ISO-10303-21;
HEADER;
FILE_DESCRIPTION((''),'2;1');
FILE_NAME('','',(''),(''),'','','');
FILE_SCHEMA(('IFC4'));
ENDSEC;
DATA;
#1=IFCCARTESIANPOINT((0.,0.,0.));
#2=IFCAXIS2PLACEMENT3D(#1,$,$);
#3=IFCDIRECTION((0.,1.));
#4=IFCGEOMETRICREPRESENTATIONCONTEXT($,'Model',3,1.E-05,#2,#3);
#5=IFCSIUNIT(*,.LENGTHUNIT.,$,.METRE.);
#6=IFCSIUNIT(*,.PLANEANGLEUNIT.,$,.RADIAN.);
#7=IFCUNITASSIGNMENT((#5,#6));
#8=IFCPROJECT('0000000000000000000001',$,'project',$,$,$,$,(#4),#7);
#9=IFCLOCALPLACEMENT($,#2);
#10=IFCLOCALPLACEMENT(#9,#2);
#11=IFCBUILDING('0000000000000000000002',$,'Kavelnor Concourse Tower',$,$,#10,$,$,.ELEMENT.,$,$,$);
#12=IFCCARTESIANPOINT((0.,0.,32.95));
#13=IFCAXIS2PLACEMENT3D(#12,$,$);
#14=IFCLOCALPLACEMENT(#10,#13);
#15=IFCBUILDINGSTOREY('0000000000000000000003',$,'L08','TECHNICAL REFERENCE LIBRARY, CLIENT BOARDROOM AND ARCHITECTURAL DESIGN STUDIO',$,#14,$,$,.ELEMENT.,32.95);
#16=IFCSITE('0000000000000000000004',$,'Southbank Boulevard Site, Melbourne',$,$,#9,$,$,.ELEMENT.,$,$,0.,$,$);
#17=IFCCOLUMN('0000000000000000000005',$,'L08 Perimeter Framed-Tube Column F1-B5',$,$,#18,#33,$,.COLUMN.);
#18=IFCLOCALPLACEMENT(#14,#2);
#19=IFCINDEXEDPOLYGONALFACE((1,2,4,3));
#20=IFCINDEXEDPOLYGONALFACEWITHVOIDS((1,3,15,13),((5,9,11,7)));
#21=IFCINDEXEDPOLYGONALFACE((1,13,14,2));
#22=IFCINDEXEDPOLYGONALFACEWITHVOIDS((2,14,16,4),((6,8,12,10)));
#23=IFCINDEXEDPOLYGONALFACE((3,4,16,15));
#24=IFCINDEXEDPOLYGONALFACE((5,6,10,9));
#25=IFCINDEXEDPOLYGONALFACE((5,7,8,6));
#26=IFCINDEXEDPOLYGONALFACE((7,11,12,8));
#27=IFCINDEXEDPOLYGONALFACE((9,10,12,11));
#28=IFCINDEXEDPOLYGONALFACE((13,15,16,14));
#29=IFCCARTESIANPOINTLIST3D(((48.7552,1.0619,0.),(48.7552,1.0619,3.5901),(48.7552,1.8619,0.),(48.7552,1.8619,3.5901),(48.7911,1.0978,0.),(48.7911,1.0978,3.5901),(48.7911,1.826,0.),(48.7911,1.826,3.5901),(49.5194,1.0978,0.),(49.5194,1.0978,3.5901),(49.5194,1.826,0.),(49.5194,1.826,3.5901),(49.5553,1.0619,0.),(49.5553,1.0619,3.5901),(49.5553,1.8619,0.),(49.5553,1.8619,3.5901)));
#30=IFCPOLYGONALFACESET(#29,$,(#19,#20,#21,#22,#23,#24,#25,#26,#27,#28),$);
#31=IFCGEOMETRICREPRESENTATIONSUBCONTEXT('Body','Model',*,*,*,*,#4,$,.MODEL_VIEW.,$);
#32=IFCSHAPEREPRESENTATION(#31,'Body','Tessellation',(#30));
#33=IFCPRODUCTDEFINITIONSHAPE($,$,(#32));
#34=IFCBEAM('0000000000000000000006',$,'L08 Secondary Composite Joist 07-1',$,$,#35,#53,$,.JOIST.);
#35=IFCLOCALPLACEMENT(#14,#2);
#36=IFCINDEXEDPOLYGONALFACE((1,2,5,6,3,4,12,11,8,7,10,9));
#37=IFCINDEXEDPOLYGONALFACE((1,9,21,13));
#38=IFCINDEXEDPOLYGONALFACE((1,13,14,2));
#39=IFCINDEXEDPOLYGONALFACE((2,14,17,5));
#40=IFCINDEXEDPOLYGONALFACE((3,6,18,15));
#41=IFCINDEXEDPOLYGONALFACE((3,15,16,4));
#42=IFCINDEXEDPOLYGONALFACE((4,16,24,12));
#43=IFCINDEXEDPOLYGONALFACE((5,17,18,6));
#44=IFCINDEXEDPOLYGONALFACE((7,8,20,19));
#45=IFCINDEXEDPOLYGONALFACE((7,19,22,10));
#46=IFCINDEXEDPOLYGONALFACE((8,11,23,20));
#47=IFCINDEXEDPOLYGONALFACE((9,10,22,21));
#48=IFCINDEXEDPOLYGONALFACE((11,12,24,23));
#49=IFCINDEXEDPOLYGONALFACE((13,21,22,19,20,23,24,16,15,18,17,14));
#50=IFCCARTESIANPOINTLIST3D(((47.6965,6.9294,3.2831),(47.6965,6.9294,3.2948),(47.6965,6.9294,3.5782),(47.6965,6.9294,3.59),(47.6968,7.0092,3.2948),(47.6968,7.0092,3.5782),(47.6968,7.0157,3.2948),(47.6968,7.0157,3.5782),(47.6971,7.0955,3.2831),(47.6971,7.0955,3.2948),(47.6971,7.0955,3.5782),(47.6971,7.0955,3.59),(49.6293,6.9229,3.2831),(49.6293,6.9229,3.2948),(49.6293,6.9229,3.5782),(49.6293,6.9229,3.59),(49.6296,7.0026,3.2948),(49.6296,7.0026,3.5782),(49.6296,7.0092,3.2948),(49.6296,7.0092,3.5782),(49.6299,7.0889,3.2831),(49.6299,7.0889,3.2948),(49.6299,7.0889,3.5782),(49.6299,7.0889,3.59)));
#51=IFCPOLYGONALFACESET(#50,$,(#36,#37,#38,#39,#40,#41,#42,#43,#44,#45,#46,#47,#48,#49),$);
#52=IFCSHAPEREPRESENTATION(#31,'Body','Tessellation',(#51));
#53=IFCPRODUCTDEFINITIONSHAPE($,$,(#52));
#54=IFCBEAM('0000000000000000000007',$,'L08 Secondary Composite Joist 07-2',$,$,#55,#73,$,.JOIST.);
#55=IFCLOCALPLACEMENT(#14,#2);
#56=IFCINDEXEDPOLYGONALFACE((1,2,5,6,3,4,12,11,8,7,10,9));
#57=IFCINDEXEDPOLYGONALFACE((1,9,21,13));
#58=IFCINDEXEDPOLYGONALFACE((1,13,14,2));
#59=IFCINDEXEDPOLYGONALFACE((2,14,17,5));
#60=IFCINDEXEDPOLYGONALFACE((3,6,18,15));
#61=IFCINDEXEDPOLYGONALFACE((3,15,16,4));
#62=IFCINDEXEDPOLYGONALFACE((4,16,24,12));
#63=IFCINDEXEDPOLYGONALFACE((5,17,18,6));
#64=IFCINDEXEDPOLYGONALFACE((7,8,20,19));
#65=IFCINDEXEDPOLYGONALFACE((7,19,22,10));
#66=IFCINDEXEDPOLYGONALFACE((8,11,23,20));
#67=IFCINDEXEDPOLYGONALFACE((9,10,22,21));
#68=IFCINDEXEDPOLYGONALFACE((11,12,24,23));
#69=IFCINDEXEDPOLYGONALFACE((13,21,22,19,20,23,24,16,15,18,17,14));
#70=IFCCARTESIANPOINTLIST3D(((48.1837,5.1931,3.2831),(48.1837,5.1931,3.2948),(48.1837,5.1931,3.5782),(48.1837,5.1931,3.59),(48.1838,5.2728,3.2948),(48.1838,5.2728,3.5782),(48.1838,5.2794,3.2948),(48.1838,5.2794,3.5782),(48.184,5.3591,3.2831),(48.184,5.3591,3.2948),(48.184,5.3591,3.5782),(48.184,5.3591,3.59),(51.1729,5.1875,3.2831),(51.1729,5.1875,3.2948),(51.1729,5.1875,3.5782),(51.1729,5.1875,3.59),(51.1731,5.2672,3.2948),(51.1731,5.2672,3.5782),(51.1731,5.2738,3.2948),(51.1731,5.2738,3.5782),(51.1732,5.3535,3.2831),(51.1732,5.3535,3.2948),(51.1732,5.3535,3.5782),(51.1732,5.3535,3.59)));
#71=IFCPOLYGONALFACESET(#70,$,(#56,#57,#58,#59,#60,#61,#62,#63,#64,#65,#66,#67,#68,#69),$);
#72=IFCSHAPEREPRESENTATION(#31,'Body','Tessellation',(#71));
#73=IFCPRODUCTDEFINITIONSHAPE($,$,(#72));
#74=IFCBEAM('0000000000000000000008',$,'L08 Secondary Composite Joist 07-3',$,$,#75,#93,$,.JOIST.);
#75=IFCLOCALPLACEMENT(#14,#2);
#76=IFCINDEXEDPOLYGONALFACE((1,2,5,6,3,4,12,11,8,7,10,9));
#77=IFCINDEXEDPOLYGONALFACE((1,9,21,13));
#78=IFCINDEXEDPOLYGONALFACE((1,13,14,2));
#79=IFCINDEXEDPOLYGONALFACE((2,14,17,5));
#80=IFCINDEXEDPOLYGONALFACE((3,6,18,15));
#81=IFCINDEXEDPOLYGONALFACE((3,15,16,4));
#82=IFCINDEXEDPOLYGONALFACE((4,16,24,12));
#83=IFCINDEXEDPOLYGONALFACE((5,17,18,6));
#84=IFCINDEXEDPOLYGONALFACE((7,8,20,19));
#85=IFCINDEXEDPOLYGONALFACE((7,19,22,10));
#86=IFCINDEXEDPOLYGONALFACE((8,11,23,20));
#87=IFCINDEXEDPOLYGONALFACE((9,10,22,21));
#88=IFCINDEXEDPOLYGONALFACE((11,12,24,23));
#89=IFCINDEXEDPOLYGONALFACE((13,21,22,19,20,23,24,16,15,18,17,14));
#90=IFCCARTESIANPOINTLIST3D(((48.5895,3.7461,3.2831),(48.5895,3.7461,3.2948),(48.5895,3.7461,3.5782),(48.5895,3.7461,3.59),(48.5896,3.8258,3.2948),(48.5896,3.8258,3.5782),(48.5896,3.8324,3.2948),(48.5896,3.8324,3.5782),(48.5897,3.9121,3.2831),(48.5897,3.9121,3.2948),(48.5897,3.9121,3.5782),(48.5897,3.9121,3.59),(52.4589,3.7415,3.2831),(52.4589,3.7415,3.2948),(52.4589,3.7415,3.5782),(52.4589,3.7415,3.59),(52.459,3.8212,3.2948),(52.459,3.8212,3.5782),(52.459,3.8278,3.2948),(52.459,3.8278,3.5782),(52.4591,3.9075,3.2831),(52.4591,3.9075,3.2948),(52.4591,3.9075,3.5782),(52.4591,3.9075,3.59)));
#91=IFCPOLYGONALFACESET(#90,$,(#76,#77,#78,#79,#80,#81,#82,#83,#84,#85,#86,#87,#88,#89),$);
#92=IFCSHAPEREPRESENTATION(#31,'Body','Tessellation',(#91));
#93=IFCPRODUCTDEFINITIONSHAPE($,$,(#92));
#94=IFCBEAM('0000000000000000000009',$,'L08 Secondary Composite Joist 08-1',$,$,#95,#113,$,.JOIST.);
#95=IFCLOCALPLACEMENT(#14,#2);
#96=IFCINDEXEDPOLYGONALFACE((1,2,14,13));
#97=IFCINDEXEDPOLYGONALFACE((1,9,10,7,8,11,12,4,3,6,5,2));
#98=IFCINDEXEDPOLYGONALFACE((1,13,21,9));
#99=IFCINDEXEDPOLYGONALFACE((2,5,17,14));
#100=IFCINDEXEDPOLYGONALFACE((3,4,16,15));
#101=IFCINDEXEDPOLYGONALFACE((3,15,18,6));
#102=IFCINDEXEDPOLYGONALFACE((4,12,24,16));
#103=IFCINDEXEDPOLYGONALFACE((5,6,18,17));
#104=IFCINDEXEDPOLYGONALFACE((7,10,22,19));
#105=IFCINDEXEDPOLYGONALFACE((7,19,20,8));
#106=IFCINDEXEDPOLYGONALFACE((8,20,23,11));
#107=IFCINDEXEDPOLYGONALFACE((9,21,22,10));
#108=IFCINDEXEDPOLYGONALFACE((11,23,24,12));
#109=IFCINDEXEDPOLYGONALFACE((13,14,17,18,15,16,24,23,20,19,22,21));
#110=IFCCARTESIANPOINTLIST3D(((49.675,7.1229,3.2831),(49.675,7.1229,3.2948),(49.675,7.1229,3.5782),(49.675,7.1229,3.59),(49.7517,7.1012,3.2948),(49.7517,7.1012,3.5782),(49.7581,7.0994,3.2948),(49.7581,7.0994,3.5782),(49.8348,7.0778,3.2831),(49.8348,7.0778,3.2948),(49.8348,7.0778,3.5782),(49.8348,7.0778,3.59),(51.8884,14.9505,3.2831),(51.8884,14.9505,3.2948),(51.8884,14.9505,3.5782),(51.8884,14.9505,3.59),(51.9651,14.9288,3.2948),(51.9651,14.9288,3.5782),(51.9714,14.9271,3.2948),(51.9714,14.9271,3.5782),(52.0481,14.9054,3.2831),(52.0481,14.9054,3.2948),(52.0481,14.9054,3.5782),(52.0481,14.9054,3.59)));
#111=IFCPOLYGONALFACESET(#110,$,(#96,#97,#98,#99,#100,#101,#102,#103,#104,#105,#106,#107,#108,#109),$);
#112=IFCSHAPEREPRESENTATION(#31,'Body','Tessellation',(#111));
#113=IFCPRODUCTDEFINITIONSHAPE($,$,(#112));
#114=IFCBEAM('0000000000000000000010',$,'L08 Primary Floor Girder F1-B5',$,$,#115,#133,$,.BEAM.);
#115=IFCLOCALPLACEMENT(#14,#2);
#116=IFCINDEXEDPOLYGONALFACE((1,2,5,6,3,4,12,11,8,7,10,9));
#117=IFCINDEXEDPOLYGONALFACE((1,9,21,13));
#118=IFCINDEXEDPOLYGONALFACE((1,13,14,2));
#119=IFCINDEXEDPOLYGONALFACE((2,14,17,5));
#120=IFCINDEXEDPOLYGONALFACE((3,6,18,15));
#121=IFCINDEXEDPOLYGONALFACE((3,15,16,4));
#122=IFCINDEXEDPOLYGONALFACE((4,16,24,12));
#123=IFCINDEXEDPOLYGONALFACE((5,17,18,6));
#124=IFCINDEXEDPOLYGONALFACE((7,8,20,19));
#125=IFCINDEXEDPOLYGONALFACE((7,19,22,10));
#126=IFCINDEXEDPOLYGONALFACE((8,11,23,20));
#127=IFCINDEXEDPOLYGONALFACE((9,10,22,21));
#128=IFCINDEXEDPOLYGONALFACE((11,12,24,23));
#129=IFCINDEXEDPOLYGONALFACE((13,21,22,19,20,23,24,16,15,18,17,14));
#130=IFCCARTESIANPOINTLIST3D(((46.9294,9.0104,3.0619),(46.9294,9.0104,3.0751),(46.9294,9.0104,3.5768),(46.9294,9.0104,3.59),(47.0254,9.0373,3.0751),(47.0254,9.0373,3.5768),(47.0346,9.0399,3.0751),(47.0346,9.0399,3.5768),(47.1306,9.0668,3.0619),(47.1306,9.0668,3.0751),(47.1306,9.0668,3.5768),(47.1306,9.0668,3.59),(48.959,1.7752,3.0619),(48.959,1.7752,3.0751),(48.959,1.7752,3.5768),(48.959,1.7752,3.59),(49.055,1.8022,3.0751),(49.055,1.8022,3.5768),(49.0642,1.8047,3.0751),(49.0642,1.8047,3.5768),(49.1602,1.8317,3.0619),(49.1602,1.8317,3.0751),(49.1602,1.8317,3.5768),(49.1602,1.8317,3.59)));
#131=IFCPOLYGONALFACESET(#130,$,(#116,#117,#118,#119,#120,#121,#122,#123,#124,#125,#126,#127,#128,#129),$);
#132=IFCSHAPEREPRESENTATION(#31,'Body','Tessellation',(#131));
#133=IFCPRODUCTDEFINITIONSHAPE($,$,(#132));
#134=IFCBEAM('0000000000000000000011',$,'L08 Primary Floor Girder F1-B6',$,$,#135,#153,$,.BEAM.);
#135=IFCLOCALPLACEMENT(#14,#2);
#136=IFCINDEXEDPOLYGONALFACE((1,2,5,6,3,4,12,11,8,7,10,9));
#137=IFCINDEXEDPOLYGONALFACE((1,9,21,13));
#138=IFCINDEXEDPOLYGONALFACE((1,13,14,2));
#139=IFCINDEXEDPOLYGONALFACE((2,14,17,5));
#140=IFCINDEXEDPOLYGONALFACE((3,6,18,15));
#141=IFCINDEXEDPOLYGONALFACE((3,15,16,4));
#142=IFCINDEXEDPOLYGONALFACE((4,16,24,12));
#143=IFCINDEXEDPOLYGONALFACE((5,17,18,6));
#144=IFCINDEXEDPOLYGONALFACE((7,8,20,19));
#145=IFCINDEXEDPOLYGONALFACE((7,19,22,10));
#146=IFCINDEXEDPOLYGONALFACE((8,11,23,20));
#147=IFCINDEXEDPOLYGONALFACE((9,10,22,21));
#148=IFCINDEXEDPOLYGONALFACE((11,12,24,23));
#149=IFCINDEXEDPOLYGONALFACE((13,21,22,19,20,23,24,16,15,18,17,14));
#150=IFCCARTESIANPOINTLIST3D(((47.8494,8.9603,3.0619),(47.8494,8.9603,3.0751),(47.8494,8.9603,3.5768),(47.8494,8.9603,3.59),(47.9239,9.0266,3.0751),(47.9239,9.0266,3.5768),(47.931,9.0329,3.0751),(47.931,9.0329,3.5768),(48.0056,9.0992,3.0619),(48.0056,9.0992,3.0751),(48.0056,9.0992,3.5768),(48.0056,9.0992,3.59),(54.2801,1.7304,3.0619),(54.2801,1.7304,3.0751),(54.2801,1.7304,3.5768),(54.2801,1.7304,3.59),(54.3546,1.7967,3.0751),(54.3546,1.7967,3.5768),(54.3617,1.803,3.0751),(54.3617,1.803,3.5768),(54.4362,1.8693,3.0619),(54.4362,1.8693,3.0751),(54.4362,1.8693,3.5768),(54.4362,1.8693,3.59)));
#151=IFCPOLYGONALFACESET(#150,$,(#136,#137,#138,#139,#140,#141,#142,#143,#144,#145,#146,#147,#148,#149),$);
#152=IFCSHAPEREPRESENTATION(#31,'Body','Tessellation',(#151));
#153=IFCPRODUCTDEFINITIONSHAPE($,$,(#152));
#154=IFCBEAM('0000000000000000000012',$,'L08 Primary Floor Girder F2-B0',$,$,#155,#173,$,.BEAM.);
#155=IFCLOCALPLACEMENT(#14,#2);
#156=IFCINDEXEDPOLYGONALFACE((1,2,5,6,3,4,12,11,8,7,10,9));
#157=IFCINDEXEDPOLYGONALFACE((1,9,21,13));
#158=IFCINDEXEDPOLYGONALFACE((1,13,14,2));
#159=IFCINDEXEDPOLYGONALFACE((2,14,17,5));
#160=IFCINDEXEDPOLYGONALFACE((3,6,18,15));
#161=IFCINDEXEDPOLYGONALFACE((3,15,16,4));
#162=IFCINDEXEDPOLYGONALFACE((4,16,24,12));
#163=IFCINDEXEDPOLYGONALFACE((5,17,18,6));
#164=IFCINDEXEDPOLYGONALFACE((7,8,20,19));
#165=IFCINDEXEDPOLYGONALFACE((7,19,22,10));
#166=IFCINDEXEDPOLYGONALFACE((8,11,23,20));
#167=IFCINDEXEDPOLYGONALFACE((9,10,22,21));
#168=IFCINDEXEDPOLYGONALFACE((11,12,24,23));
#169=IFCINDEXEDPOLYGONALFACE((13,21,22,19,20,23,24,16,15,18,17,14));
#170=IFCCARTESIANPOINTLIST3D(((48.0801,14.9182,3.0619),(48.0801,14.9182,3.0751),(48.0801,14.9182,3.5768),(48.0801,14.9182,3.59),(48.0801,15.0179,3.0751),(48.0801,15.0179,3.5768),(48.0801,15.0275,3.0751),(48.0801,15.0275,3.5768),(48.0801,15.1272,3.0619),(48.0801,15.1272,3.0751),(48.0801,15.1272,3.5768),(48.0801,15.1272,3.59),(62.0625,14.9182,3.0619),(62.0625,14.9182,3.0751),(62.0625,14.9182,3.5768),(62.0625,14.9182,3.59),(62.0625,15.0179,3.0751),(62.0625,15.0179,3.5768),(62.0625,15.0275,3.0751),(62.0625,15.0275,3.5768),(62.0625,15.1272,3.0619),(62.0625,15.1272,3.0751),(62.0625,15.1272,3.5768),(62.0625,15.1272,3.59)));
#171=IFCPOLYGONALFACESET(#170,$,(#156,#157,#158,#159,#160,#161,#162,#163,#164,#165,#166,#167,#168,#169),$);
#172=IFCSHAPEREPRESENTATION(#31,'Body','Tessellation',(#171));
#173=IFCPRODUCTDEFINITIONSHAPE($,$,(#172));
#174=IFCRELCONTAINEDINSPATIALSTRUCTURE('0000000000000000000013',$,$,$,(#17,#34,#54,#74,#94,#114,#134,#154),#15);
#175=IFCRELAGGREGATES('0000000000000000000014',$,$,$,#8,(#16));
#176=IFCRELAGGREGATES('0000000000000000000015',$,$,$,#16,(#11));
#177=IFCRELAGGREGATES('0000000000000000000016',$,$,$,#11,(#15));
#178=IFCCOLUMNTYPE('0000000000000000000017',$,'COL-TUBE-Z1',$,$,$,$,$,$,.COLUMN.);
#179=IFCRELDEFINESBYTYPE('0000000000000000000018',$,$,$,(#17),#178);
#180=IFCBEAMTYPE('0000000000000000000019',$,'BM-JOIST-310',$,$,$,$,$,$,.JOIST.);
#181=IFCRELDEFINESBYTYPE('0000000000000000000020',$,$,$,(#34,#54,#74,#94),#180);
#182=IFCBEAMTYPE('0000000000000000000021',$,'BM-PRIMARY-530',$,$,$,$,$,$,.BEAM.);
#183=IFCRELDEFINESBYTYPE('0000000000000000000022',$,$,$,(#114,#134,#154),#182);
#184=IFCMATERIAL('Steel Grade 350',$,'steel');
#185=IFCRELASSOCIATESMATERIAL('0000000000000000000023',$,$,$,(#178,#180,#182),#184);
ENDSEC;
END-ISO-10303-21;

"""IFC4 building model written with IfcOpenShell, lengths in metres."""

from ifc_helpers import new_model, si_unit, direction, frame, origin, origin_2d, place, context, subcontext, project, spatial, hollow_rectangle, i_section, extrude, material, material_profile, profile_set, type_object, element, save


model = new_model("IFC4")

# Units and contexts
model_context = context("Model", 3, precision=1e-05, world=origin(), true_north=direction((0.0, 1.0)))
body_context = subcontext(model_context, "Body", "Model", "MODEL_VIEW")
ifc_project = project(units=[si_unit("LENGTHUNIT", "METRE"), si_unit("PLANEANGLEUNIT", "RADIAN")], contexts=[model_context])

# Site, building, storey
site_placement = place(None, origin())
site = spatial("IfcSite", under=ifc_project, at=site_placement, Name="Southbank Boulevard Site, Melbourne", CompositionType="ELEMENT", RefElevation=0.0)
building_placement = place(site_placement, origin())
building = spatial("IfcBuilding", under=site, at=building_placement, Name="Kavelnor Concourse Tower", CompositionType="ELEMENT")
storey_placement = place(building_placement, frame((0.0, 0.0, 32.95)))
storey = spatial("IfcBuildingStorey", under=building, at=storey_placement, Name="L08", Description="TECHNICAL REFERENCE LIBRARY, CLIENT BOARDROOM AND ARCHITECTURAL DESIGN STUDIO", CompositionType="ELEMENT", Elevation=32.95)

# Column
ifc_material_1 = material(Name="Steel Grade 350", Category="steel")
ifc_material_profile_1 = material_profile(ifc_material_1, hollow_rectangle(XDim=0.8, YDim=0.8, WallThickness=0.0359, at=origin_2d()), Name="SHS 800x800x36")
ifc_profile_set_1 = profile_set([ifc_material_profile_1], Name="Steel Grade 350")
column_type = type_object("IfcColumnType", Name="COL-TUBE-Z1", PredefinedType="COLUMN", material=ifc_profile_set_1)
column_placement = place(storey_placement, frame((49.1553, 1.4619, 0.0), z_axis=(0.0, 0.0, 1.0), x_axis=(1.0, 0.0, 0.0)))
element("IfcColumn", 1, at=column_placement, inside=storey, type_object=column_type, Name="L08 Perimeter Framed-Tube Column F1-B5", PredefinedType="COLUMN", context=body_context, shape_type="SweptSolid", body=[
    extrude(hollow_rectangle(XDim=0.8, YDim=0.8, WallThickness=0.0359, at=origin_2d()), origin(), (0.0, 0.0, 1.0), 3.5901),
])

# Beams
ifc_material_profile_2 = material_profile(ifc_material_1, i_section(OverallWidth=0.166, OverallDepth=0.3069, WebThickness=0.0066, FlangeThickness=0.0117, at=origin_2d()), Name="310UB46")
ifc_profile_set_2 = profile_set([ifc_material_profile_2], Name="Steel Grade 350")
beam_type_1 = type_object("IfcBeamType", Name="BM-JOIST-310", PredefinedType="JOIST", material=ifc_profile_set_2)
beam_1_placement = place(storey_placement, frame((47.6968, 7.0125, 3.4365), z_axis=(0.999994, -0.00341, 0.0), x_axis=(0.00341, 0.999994, 0.0)))
element("IfcBeam", 2, at=beam_1_placement, inside=storey, type_object=beam_type_1, Name="L08 Secondary Composite Joist 07-1", PredefinedType="JOIST", context=body_context, shape_type="SweptSolid", body=[
    extrude(i_section(OverallWidth=0.166, OverallDepth=0.3069, WebThickness=0.0066, FlangeThickness=0.0117, at=origin_2d()), origin(), (0.0, 0.0, 1.0), 1.9329),
])
beam_2_placement = place(storey_placement, frame((48.1838, 5.2761, 3.4365), z_axis=(0.999998, -0.001878, 0.0), x_axis=(0.001878, 0.999998, 0.0)))
element("IfcBeam", 3, at=beam_2_placement, inside=storey, type_object=beam_type_1, Name="L08 Secondary Composite Joist 07-2", PredefinedType="JOIST", context=body_context, shape_type="SweptSolid", body=[
    extrude(i_section(OverallWidth=0.166, OverallDepth=0.3069, WebThickness=0.0066, FlangeThickness=0.0117, at=origin_2d()), origin(), (0.0, 0.0, 1.0), 2.9893),
])
beam_3_placement = place(storey_placement, frame((48.5896, 3.8291, 3.4365), z_axis=(0.999999, -0.001199, 0.0), x_axis=(0.001199, 0.999999, 0.0)))
element("IfcBeam", 4, at=beam_3_placement, inside=storey, type_object=beam_type_1, Name="L08 Secondary Composite Joist 07-3", PredefinedType="JOIST", context=body_context, shape_type="SweptSolid", body=[
    extrude(i_section(OverallWidth=0.166, OverallDepth=0.3069, WebThickness=0.0066, FlangeThickness=0.0117, at=origin_2d()), origin(), (0.0, 0.0, 1.0), 3.8694),
])
beam_4_placement = place(storey_placement, frame((49.7549, 7.1003, 3.4365), z_axis=(0.272096, 0.96227, 0.0), x_axis=(-0.96227, 0.272096, 0.0)))
element("IfcBeam", 5, at=beam_4_placement, inside=storey, type_object=beam_type_1, Name="L08 Secondary Composite Joist 08-1", PredefinedType="JOIST", context=body_context, shape_type="SweptSolid", body=[
    extrude(i_section(OverallWidth=0.166, OverallDepth=0.3069, WebThickness=0.0066, FlangeThickness=0.0117, at=origin_2d()), origin(), (0.0, 0.0, 1.0), 8.1345),
])
ifc_material_profile_3 = material_profile(ifc_material_1, i_section(OverallWidth=0.209, OverallDepth=0.5281, WebThickness=0.0095, FlangeThickness=0.0132, at=origin_2d()), Name="530UB82")
ifc_profile_set_3 = profile_set([ifc_material_profile_3], Name="Steel Grade 350")
beam_type_2 = type_object("IfcBeamType", Name="BM-PRIMARY-530", PredefinedType="BEAM", material=ifc_profile_set_3)
beam_5_placement = place(storey_placement, frame((47.03, 9.0386, 3.3259), z_axis=(0.270088, -0.962836, 0.0), x_axis=(0.962836, 0.270088, 0.0)))
element("IfcBeam", 6, at=beam_5_placement, inside=storey, type_object=beam_type_2, Name="L08 Primary Floor Girder F1-B5", PredefinedType="BEAM", context=body_context, shape_type="SweptSolid", body=[
    extrude(i_section(OverallWidth=0.209, OverallDepth=0.5281, WebThickness=0.0095, FlangeThickness=0.0132, at=origin_2d()), origin(), (0.0, 0.0, 1.0), 7.5144),
])
beam_6_placement = place(storey_placement, frame((47.9275, 9.0298, 3.3259), z_axis=(0.664596, -0.747203, 0.0), x_axis=(0.747203, 0.664596, 0.0)))
element("IfcBeam", 7, at=beam_6_placement, inside=storey, type_object=beam_type_2, Name="L08 Primary Floor Girder F1-B6", PredefinedType="BEAM", context=body_context, shape_type="SweptSolid", body=[
    extrude(i_section(OverallWidth=0.209, OverallDepth=0.5281, WebThickness=0.0095, FlangeThickness=0.0132, at=origin_2d()), origin(), (0.0, 0.0, 1.0), 9.676),
])
beam_7_placement = place(storey_placement, frame((48.0801, 15.0227, 3.3259), z_axis=(1.0, 0.0, 0.0), x_axis=(0.0, 1.0, 0.0)))
element("IfcBeam", 8, at=beam_7_placement, inside=storey, type_object=beam_type_2, Name="L08 Primary Floor Girder F2-B0", PredefinedType="BEAM", context=body_context, shape_type="SweptSolid", body=[
    extrude(i_section(OverallWidth=0.209, OverallDepth=0.5281, WebThickness=0.0095, FlangeThickness=0.0132, at=origin_2d()), origin(), (0.0, 0.0, 1.0), 13.9824),
])

save(model, "model.ifc")
